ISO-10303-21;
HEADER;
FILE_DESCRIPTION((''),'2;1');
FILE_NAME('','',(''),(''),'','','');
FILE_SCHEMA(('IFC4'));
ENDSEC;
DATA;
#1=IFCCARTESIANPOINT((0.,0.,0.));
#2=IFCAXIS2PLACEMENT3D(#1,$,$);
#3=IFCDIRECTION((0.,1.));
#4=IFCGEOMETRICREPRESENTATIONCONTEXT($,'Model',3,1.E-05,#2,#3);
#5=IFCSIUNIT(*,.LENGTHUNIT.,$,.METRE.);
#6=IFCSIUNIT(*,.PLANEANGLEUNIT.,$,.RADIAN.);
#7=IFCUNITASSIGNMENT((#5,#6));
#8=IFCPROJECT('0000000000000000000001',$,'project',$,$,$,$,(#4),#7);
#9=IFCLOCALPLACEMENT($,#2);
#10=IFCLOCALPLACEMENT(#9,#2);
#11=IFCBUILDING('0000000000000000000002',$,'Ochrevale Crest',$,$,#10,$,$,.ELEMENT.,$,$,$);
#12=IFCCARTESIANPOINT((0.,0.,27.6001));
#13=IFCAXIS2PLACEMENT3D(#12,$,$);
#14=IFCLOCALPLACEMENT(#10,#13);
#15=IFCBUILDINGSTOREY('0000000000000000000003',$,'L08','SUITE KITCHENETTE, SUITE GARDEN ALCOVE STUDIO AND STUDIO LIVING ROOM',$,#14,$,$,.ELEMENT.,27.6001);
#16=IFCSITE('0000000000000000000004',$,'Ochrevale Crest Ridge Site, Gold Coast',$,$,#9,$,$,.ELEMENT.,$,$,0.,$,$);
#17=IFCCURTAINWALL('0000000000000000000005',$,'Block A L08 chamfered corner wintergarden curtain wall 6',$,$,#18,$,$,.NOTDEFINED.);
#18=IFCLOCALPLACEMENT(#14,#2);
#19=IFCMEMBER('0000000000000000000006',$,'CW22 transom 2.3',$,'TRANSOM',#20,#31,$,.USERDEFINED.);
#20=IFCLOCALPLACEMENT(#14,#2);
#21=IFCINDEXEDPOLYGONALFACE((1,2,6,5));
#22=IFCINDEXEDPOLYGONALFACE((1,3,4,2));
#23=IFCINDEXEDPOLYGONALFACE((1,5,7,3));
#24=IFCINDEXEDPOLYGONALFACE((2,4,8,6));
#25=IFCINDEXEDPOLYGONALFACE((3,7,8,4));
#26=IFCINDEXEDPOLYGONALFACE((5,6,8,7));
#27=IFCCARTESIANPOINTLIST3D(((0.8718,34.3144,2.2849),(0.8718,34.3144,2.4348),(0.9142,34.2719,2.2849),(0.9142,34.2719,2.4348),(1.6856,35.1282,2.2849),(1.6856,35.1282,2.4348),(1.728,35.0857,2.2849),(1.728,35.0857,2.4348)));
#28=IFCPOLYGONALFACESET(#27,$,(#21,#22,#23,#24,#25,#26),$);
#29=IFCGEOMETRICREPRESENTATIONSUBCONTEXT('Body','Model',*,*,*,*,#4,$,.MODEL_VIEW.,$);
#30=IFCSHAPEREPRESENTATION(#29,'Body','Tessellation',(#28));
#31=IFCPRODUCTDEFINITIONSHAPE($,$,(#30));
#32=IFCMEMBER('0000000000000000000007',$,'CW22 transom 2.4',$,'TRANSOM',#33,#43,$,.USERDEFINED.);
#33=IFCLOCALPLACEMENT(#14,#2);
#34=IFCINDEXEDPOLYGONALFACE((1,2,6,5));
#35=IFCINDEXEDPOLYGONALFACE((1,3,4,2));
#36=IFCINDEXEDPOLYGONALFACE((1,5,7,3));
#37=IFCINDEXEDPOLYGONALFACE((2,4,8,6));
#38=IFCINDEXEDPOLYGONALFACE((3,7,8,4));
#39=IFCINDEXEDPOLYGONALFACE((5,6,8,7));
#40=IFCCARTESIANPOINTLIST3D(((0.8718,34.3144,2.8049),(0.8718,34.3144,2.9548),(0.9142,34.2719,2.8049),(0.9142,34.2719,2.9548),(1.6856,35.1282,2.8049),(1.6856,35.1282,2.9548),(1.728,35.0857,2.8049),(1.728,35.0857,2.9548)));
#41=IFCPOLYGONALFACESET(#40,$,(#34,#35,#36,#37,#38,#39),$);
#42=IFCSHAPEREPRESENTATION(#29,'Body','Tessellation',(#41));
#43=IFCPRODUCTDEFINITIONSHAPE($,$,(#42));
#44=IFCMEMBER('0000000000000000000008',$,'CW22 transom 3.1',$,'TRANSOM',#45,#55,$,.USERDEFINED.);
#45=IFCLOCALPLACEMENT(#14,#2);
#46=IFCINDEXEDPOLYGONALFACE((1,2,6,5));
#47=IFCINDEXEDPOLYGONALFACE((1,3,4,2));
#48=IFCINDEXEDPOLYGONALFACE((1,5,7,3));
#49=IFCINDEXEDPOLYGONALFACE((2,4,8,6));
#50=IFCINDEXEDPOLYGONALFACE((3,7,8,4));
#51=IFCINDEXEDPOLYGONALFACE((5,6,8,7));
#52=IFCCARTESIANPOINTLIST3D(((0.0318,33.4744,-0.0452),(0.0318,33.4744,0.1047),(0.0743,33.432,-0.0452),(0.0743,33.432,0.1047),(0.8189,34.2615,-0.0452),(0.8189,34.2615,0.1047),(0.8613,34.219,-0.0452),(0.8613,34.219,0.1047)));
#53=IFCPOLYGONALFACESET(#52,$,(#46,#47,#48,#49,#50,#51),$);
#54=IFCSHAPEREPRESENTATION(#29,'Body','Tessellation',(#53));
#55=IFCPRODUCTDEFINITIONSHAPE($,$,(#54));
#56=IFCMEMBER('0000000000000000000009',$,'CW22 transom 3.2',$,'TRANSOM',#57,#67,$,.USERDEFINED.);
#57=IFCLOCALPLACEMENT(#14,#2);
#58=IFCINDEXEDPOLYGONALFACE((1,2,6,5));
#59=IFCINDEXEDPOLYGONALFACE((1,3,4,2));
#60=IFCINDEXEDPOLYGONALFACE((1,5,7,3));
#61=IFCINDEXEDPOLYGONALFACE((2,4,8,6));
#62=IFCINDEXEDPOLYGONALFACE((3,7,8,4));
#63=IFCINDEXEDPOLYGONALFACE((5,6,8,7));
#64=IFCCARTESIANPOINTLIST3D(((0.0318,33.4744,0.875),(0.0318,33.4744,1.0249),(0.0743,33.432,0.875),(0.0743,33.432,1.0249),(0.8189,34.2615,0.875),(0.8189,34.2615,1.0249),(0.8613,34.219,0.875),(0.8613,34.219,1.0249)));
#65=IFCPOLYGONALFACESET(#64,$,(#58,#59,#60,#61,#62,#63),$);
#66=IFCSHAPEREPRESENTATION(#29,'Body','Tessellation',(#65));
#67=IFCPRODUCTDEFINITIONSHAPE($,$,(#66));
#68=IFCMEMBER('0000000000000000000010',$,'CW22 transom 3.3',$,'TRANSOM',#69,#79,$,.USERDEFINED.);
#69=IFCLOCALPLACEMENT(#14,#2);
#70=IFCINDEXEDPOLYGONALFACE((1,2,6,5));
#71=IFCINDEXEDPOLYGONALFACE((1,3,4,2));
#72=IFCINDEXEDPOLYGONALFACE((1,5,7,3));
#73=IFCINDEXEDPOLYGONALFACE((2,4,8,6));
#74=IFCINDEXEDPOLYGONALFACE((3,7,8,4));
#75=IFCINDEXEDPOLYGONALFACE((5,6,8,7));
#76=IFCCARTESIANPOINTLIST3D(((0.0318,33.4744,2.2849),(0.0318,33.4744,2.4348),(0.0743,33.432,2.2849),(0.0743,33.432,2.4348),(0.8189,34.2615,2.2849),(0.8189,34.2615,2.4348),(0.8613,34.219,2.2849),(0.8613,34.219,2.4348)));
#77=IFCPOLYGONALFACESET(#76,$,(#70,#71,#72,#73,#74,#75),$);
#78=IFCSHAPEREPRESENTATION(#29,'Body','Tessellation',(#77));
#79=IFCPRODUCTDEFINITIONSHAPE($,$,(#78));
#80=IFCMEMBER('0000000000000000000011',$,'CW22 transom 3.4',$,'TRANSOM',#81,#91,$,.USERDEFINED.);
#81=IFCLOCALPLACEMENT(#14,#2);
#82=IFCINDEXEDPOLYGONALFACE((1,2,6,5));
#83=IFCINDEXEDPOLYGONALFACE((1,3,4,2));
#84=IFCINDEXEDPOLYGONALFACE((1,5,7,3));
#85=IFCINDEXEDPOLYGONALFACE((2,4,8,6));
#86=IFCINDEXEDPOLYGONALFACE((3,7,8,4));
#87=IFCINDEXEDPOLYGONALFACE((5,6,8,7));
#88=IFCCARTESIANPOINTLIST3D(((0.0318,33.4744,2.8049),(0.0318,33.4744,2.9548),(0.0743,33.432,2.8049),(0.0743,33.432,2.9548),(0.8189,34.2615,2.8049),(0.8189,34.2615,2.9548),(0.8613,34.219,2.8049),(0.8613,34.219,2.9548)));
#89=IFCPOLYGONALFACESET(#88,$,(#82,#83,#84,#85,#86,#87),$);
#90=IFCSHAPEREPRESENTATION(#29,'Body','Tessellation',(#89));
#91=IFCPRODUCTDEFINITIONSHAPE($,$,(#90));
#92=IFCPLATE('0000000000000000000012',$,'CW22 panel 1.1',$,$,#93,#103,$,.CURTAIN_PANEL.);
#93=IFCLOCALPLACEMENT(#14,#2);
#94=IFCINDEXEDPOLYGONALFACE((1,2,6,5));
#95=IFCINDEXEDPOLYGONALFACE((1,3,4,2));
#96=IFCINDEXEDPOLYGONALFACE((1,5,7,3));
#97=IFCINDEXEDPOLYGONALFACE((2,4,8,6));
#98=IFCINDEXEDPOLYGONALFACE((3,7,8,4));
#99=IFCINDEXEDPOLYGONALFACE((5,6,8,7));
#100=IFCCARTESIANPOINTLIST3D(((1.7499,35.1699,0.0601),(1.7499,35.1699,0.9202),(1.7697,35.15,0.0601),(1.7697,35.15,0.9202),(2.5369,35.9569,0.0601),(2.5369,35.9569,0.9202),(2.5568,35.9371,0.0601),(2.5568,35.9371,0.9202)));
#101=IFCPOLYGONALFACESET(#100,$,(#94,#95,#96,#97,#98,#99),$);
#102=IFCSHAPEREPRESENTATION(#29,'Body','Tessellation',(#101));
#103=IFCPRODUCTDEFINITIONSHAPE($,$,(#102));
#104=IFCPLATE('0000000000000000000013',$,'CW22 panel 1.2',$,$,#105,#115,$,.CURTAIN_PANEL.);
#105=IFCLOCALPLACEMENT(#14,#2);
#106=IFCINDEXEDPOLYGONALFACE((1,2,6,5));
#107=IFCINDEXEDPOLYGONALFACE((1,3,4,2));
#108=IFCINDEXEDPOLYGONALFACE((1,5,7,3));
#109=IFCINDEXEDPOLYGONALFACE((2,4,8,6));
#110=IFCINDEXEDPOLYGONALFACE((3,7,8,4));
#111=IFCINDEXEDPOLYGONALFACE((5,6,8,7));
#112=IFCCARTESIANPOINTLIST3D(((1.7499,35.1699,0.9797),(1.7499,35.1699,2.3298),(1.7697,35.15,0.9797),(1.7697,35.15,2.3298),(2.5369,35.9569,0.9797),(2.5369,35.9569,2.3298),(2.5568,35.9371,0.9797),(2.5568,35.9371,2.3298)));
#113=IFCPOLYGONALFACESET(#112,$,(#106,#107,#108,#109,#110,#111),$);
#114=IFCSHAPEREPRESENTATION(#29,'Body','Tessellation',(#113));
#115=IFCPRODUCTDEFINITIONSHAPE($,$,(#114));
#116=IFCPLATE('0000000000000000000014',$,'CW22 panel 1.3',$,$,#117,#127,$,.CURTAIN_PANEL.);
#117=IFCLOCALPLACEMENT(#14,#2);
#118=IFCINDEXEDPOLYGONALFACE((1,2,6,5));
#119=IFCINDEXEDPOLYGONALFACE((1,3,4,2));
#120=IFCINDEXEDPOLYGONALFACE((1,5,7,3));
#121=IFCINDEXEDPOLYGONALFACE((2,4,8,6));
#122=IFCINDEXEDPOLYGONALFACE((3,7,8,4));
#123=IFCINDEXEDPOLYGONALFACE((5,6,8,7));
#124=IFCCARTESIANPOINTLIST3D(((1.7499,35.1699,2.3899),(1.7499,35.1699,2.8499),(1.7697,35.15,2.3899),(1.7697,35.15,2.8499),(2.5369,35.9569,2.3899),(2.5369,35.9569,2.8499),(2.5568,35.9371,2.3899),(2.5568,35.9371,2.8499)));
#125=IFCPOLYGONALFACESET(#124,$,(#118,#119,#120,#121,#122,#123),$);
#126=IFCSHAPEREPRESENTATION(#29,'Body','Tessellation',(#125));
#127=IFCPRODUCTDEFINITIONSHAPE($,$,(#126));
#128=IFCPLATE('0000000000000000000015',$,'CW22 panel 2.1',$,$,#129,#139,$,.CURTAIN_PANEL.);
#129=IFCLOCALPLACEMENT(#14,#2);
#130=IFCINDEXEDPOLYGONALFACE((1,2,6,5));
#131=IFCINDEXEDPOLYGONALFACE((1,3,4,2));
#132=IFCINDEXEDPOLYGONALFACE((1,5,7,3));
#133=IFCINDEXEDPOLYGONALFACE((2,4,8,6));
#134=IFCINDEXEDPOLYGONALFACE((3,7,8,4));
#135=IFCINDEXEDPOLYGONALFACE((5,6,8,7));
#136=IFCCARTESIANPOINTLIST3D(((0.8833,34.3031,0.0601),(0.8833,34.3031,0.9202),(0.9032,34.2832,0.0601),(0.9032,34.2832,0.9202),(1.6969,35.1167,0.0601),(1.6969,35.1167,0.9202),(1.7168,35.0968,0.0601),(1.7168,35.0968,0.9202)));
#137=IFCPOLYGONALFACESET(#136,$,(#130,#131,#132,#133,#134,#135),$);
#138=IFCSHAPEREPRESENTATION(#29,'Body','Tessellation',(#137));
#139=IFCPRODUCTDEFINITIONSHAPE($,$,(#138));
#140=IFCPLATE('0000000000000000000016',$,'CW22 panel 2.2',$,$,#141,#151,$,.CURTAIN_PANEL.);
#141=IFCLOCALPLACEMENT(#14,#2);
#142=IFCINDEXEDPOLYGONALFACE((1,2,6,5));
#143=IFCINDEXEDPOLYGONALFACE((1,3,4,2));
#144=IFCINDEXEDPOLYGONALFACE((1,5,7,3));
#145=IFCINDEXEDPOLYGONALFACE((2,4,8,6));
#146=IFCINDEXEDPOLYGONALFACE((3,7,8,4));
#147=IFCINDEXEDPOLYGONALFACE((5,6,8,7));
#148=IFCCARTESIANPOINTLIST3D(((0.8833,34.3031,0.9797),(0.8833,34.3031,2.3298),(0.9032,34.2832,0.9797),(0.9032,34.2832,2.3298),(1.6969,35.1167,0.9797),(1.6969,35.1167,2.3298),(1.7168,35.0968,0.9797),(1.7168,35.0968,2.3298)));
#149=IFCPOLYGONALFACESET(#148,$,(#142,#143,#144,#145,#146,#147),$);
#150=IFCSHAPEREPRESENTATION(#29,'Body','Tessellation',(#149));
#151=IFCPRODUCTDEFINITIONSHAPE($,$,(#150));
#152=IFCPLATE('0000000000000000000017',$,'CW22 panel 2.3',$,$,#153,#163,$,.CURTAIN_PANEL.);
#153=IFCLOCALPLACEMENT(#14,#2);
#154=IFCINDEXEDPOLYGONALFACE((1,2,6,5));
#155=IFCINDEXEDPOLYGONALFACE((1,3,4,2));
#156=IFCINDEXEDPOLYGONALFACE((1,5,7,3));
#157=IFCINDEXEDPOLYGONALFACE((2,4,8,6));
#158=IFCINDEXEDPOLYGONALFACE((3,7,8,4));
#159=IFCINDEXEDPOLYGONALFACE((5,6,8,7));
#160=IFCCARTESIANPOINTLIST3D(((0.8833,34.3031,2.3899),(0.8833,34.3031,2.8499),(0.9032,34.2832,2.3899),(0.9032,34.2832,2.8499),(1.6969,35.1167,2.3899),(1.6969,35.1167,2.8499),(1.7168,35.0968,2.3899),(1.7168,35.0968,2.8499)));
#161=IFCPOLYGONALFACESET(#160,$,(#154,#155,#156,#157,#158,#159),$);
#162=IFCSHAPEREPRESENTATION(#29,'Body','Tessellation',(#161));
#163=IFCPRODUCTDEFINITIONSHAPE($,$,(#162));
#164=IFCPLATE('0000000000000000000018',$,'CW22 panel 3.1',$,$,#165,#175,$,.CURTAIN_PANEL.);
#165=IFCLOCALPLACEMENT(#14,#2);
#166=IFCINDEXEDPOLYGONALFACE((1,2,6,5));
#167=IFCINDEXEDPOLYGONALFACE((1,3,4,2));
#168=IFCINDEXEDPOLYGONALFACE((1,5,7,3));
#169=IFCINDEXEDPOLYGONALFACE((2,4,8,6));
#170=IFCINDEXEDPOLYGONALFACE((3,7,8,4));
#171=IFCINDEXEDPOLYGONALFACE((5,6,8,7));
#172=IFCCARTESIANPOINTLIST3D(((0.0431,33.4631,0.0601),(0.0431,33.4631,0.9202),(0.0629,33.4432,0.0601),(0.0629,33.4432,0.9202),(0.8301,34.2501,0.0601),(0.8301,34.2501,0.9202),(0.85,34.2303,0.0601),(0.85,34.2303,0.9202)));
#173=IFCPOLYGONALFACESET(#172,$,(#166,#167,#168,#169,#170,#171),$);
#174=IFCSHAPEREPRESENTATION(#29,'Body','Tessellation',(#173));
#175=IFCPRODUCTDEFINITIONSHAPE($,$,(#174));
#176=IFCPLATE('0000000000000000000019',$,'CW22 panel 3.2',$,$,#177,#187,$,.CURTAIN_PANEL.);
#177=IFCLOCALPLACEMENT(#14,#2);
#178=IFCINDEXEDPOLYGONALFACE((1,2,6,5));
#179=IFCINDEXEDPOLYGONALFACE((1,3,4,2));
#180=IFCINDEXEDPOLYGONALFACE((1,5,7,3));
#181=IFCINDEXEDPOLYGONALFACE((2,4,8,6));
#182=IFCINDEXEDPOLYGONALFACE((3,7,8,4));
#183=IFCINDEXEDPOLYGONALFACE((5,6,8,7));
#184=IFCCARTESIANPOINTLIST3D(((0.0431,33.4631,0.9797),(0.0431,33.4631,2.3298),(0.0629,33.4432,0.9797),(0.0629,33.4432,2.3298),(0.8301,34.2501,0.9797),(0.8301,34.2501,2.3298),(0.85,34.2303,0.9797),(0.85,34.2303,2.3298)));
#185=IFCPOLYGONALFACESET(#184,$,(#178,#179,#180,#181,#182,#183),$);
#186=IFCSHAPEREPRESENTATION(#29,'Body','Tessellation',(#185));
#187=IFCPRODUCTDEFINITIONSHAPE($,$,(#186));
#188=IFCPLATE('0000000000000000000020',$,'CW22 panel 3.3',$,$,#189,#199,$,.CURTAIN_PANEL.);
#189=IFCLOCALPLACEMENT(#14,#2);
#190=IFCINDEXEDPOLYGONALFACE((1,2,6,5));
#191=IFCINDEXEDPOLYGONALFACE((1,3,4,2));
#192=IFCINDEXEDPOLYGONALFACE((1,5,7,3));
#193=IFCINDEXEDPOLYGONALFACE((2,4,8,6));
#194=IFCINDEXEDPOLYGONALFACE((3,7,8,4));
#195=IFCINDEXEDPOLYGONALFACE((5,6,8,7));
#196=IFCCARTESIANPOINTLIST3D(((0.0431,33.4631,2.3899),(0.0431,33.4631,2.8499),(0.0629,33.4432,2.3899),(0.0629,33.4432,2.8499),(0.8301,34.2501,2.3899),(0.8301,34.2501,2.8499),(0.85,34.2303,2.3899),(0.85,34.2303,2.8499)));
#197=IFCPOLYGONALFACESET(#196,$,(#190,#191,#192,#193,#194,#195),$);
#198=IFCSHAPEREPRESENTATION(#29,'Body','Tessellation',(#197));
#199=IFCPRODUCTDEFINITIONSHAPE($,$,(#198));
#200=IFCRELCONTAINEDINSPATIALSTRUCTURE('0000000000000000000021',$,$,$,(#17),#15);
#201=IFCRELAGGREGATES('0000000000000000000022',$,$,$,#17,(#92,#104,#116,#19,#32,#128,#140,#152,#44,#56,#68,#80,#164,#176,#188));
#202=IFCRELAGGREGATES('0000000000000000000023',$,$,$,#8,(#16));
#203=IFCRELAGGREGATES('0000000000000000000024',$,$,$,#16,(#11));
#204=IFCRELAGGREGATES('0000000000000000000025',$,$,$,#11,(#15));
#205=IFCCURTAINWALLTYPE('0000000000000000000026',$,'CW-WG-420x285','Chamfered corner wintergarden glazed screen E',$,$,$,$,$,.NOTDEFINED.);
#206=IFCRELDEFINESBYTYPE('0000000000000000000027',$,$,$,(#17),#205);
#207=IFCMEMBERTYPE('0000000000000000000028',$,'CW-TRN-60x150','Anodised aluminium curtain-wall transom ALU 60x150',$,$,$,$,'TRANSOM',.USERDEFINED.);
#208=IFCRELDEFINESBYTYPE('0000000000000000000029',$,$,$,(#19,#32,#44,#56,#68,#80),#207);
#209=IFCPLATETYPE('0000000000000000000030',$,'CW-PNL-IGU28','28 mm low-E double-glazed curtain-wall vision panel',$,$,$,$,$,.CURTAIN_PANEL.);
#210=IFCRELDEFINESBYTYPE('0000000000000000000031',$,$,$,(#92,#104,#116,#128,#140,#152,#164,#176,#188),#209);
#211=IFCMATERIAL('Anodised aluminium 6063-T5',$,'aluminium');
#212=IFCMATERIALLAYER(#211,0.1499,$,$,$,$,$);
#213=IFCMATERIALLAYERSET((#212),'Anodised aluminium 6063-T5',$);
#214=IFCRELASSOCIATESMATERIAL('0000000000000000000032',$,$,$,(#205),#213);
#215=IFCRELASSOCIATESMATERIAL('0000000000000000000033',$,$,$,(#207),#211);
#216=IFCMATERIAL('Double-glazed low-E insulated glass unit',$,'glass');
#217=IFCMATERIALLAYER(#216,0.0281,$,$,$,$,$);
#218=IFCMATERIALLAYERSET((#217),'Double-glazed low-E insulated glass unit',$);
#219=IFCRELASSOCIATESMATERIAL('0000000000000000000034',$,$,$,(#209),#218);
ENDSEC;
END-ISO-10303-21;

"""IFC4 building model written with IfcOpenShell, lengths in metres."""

from ifc_helpers import new_model, si_unit, direction, frame, origin, origin_2d, place, context, subcontext, project, spatial, rectangle, extrude, material, layer, layer_set, material_profile, profile_set, type_object, element, aggregate, save


model = new_model("IFC4")

# Units and contexts
model_context = context("Model", 3, precision=1e-05, world=origin(), true_north=direction((0.0, 1.0)))
body_context = subcontext(model_context, "Body", "Model", "MODEL_VIEW")
ifc_project = project(units=[si_unit("LENGTHUNIT", "METRE"), si_unit("PLANEANGLEUNIT", "RADIAN")], contexts=[model_context])

# Site, building, storey
site_placement = place(None, origin())
site = spatial("IfcSite", under=ifc_project, at=site_placement, Name="Ochrevale Crest Ridge Site, Gold Coast", CompositionType="ELEMENT", RefElevation=0.0)
building_placement = place(site_placement, origin())
building = spatial("IfcBuilding", under=site, at=building_placement, Name="Ochrevale Crest", CompositionType="ELEMENT")
storey_placement = place(building_placement, frame((0.0, 0.0, 27.6001)))
storey = spatial("IfcBuildingStorey", under=building, at=storey_placement, Name="L08", Description="SUITE KITCHENETTE, SUITE GARDEN ALCOVE STUDIO AND STUDIO LIVING ROOM", CompositionType="ELEMENT", Elevation=27.6001)

# Curtain wall, members, plates
ifc_material_1 = material(Name="Anodised aluminium 6063-T5", Category="aluminium")
ifc_layer_1 = layer(ifc_material_1, 0.1499)
ifc_layer_set_1 = layer_set([ifc_layer_1], Name="Anodised aluminium 6063-T5")
curtain_wall_type = type_object("IfcCurtainWallType", Name="CW-WG-420x285", Description="Chamfered corner wintergarden glazed screen E", PredefinedType="NOTDEFINED", material=ifc_layer_set_1)
curtain_wall_placement = place(storey_placement, origin())
curtain_wall = element("IfcCurtainWall", 1, at=curtain_wall_placement, inside=storey, type_object=curtain_wall_type, Name="Block A L08 chamfered corner wintergarden curtain wall 6", PredefinedType="NOTDEFINED")
ifc_material_profile_1 = material_profile(ifc_material_1, rectangle(XDim=0.0601, YDim=0.1499, at=origin_2d()), Name="ALU 60x150")
ifc_profile_set_1 = profile_set([ifc_material_profile_1], Name="Anodised aluminium 6063-T5")
member_type_1 = type_object("IfcMemberType", Name="CW-TRN-60x150", Description="Anodised aluminium curtain-wall transom ALU 60x150", ElementType="TRANSOM", PredefinedType="USERDEFINED", material=ifc_profile_set_1)
member_1_placement = place(storey_placement, frame((1.7068, 35.1069, 2.3599), z_axis=(-0.707107, -0.707107, 0.0), x_axis=(0.707107, -0.707107, 0.0)))
member_1 = element("IfcMember", 2, at=member_1_placement, type_object=member_type_1, Name="CW22 transom 2.3", ObjectType="TRANSOM", PredefinedType="USERDEFINED", context=body_context, shape_type="SweptSolid", body=[
    extrude(rectangle(XDim=0.0601, YDim=0.1499, at=origin_2d()), origin(), (0.0, 0.0, 1.0), 1.1509),
])
member_2_placement = place(storey_placement, frame((1.7068, 35.1069, 2.8799), z_axis=(-0.707107, -0.707107, 0.0), x_axis=(0.707107, -0.707107, 0.0)))
member_2 = element("IfcMember", 3, at=member_2_placement, type_object=member_type_1, Name="CW22 transom 2.4", ObjectType="TRANSOM", PredefinedType="USERDEFINED", context=body_context, shape_type="SweptSolid", body=[
    extrude(rectangle(XDim=0.0601, YDim=0.1499, at=origin_2d()), origin(), (0.0, 0.0, 1.0), 1.1509),
])
member_3_placement = place(storey_placement, frame((0.8401, 34.2402, 0.0298), z_axis=(-0.707107, -0.707107, 0.0), x_axis=(0.707107, -0.707107, 0.0)))
member_3 = element("IfcMember", 4, at=member_3_placement, type_object=member_type_1, Name="CW22 transom 3.1", ObjectType="TRANSOM", PredefinedType="USERDEFINED", context=body_context, shape_type="SweptSolid", body=[
    extrude(rectangle(XDim=0.0601, YDim=0.1499, at=origin_2d()), origin(), (0.0, 0.0, 1.0), 1.113),
])
member_4_placement = place(storey_placement, frame((0.8401, 34.2402, 0.95), z_axis=(-0.707107, -0.707107, 0.0), x_axis=(0.707107, -0.707107, 0.0)))
member_4 = element("IfcMember", 5, at=member_4_placement, type_object=member_type_1, Name="CW22 transom 3.2", ObjectType="TRANSOM", PredefinedType="USERDEFINED", context=body_context, shape_type="SweptSolid", body=[
    extrude(rectangle(XDim=0.0601, YDim=0.1499, at=origin_2d()), origin(), (0.0, 0.0, 1.0), 1.113),
])
member_5_placement = place(storey_placement, frame((0.8401, 34.2402, 2.3599), z_axis=(-0.707107, -0.707107, 0.0), x_axis=(0.707107, -0.707107, 0.0)))
member_5 = element("IfcMember", 6, at=member_5_placement, type_object=member_type_1, Name="CW22 transom 3.3", ObjectType="TRANSOM", PredefinedType="USERDEFINED", context=body_context, shape_type="SweptSolid", body=[
    extrude(rectangle(XDim=0.0601, YDim=0.1499, at=origin_2d()), origin(), (0.0, 0.0, 1.0), 1.113),
])
member_6_placement = place(storey_placement, frame((0.8401, 34.2402, 2.8799), z_axis=(-0.707107, -0.707107, 0.0), x_axis=(0.707107, -0.707107, 0.0)))
member_6 = element("IfcMember", 7, at=member_6_placement, type_object=member_type_1, Name="CW22 transom 3.4", ObjectType="TRANSOM", PredefinedType="USERDEFINED", context=body_context, shape_type="SweptSolid", body=[
    extrude(rectangle(XDim=0.0601, YDim=0.1499, at=origin_2d()), origin(), (0.0, 0.0, 1.0), 1.113),
])
ifc_material_2 = material(Name="Double-glazed low-E insulated glass unit", Category="glass")
ifc_layer_2 = layer(ifc_material_2, 0.0281)
ifc_layer_set_2 = layer_set([ifc_layer_2], Name="Double-glazed low-E insulated glass unit")
plate_type_1 = type_object("IfcPlateType", Name="CW-PNL-IGU28", Description="28 mm low-E double-glazed curtain-wall vision panel", PredefinedType="CURTAIN_PANEL", material=ifc_layer_set_2)
plate_1_placement = place(storey_placement, frame((2.1533, 35.5535, 0.0601), z_axis=(0.0, 0.0, 1.0), x_axis=(-0.707107, -0.707107, 0.0)))
plate_1 = element("IfcPlate", 8, at=plate_1_placement, type_object=plate_type_1, Name="CW22 panel 1.1", PredefinedType="CURTAIN_PANEL", context=body_context, shape_type="SweptSolid", body=[
    extrude(rectangle(XDim=1.113, YDim=0.0281, at=origin_2d()), origin(), (0.0, 0.0, 1.0), 0.8601),
])
plate_2_placement = place(storey_placement, frame((2.1533, 35.5535, 0.9797), z_axis=(0.0, 0.0, 1.0), x_axis=(-0.707107, -0.707107, 0.0)))
plate_2 = element("IfcPlate", 9, at=plate_2_placement, type_object=plate_type_1, Name="CW22 panel 1.2", PredefinedType="CURTAIN_PANEL", context=body_context, shape_type="SweptSolid", body=[
    extrude(rectangle(XDim=1.113, YDim=0.0281, at=origin_2d()), origin(), (0.0, 0.0, 1.0), 1.3501),
])
plate_3_placement = place(storey_placement, frame((2.1533, 35.5535, 2.3899), z_axis=(0.0, 0.0, 1.0), x_axis=(-0.707107, -0.707107, 0.0)))
plate_3 = element("IfcPlate", 10, at=plate_3_placement, type_object=plate_type_1, Name="CW22 panel 1.3", PredefinedType="CURTAIN_PANEL", context=body_context, shape_type="SweptSolid", body=[
    extrude(rectangle(XDim=1.113, YDim=0.0281, at=origin_2d()), origin(), (0.0, 0.0, 1.0), 0.46),
])
plate_4_placement = place(storey_placement, frame((1.3, 34.7, 0.0601), z_axis=(0.0, 0.0, 1.0), x_axis=(-0.707107, -0.707107, 0.0)))
plate_4 = element("IfcPlate", 11, at=plate_4_placement, type_object=plate_type_1, Name="CW22 panel 2.1", PredefinedType="CURTAIN_PANEL", context=body_context, shape_type="SweptSolid", body=[
    extrude(rectangle(XDim=1.1506, YDim=0.0281, at=origin_2d()), origin(), (0.0, 0.0, 1.0), 0.8601),
])
plate_5_placement = place(storey_placement, frame((1.3, 34.7, 0.9797), z_axis=(0.0, 0.0, 1.0), x_axis=(-0.707107, -0.707107, 0.0)))
plate_5 = element("IfcPlate", 12, at=plate_5_placement, type_object=plate_type_1, Name="CW22 panel 2.2", PredefinedType="CURTAIN_PANEL", context=body_context, shape_type="SweptSolid", body=[
    extrude(rectangle(XDim=1.1506, YDim=0.0281, at=origin_2d()), origin(), (0.0, 0.0, 1.0), 1.3501),
])
plate_6_placement = place(storey_placement, frame((1.3, 34.7, 2.3899), z_axis=(0.0, 0.0, 1.0), x_axis=(-0.707107, -0.707107, 0.0)))
plate_6 = element("IfcPlate", 13, at=plate_6_placement, type_object=plate_type_1, Name="CW22 panel 2.3", PredefinedType="CURTAIN_PANEL", context=body_context, shape_type="SweptSolid", body=[
    extrude(rectangle(XDim=1.1506, YDim=0.0281, at=origin_2d()), origin(), (0.0, 0.0, 1.0), 0.46),
])
plate_7_placement = place(storey_placement, frame((0.4465, 33.8467, 0.0601), z_axis=(0.0, 0.0, 1.0), x_axis=(-0.707107, -0.707107, 0.0)))
plate_7 = element("IfcPlate", 14, at=plate_7_placement, type_object=plate_type_1, Name="CW22 panel 3.1", PredefinedType="CURTAIN_PANEL", context=body_context, shape_type="SweptSolid", body=[
    extrude(rectangle(XDim=1.113, YDim=0.0281, at=origin_2d()), origin(), (0.0, 0.0, 1.0), 0.8601),
])
plate_8_placement = place(storey_placement, frame((0.4465, 33.8467, 0.9797), z_axis=(0.0, 0.0, 1.0), x_axis=(-0.707107, -0.707107, 0.0)))
plate_8 = element("IfcPlate", 15, at=plate_8_placement, type_object=plate_type_1, Name="CW22 panel 3.2", PredefinedType="CURTAIN_PANEL", context=body_context, shape_type="SweptSolid", body=[
    extrude(rectangle(XDim=1.113, YDim=0.0281, at=origin_2d()), origin(), (0.0, 0.0, 1.0), 1.3501),
])
plate_9_placement = place(storey_placement, frame((0.4465, 33.8467, 2.3899), z_axis=(0.0, 0.0, 1.0), x_axis=(-0.707107, -0.707107, 0.0)))
plate_9 = element("IfcPlate", 16, at=plate_9_placement, type_object=plate_type_1, Name="CW22 panel 3.3", PredefinedType="CURTAIN_PANEL", context=body_context, shape_type="SweptSolid", body=[
    extrude(rectangle(XDim=1.113, YDim=0.0281, at=origin_2d()), origin(), (0.0, 0.0, 1.0), 0.46),
])
aggregate(curtain_wall, [plate_1, plate_2, plate_3, member_1, member_2, plate_4, plate_5, plate_6, member_3, member_4, member_5, member_6, plate_7, plate_8, plate_9])

save(model, "model.ifc")
